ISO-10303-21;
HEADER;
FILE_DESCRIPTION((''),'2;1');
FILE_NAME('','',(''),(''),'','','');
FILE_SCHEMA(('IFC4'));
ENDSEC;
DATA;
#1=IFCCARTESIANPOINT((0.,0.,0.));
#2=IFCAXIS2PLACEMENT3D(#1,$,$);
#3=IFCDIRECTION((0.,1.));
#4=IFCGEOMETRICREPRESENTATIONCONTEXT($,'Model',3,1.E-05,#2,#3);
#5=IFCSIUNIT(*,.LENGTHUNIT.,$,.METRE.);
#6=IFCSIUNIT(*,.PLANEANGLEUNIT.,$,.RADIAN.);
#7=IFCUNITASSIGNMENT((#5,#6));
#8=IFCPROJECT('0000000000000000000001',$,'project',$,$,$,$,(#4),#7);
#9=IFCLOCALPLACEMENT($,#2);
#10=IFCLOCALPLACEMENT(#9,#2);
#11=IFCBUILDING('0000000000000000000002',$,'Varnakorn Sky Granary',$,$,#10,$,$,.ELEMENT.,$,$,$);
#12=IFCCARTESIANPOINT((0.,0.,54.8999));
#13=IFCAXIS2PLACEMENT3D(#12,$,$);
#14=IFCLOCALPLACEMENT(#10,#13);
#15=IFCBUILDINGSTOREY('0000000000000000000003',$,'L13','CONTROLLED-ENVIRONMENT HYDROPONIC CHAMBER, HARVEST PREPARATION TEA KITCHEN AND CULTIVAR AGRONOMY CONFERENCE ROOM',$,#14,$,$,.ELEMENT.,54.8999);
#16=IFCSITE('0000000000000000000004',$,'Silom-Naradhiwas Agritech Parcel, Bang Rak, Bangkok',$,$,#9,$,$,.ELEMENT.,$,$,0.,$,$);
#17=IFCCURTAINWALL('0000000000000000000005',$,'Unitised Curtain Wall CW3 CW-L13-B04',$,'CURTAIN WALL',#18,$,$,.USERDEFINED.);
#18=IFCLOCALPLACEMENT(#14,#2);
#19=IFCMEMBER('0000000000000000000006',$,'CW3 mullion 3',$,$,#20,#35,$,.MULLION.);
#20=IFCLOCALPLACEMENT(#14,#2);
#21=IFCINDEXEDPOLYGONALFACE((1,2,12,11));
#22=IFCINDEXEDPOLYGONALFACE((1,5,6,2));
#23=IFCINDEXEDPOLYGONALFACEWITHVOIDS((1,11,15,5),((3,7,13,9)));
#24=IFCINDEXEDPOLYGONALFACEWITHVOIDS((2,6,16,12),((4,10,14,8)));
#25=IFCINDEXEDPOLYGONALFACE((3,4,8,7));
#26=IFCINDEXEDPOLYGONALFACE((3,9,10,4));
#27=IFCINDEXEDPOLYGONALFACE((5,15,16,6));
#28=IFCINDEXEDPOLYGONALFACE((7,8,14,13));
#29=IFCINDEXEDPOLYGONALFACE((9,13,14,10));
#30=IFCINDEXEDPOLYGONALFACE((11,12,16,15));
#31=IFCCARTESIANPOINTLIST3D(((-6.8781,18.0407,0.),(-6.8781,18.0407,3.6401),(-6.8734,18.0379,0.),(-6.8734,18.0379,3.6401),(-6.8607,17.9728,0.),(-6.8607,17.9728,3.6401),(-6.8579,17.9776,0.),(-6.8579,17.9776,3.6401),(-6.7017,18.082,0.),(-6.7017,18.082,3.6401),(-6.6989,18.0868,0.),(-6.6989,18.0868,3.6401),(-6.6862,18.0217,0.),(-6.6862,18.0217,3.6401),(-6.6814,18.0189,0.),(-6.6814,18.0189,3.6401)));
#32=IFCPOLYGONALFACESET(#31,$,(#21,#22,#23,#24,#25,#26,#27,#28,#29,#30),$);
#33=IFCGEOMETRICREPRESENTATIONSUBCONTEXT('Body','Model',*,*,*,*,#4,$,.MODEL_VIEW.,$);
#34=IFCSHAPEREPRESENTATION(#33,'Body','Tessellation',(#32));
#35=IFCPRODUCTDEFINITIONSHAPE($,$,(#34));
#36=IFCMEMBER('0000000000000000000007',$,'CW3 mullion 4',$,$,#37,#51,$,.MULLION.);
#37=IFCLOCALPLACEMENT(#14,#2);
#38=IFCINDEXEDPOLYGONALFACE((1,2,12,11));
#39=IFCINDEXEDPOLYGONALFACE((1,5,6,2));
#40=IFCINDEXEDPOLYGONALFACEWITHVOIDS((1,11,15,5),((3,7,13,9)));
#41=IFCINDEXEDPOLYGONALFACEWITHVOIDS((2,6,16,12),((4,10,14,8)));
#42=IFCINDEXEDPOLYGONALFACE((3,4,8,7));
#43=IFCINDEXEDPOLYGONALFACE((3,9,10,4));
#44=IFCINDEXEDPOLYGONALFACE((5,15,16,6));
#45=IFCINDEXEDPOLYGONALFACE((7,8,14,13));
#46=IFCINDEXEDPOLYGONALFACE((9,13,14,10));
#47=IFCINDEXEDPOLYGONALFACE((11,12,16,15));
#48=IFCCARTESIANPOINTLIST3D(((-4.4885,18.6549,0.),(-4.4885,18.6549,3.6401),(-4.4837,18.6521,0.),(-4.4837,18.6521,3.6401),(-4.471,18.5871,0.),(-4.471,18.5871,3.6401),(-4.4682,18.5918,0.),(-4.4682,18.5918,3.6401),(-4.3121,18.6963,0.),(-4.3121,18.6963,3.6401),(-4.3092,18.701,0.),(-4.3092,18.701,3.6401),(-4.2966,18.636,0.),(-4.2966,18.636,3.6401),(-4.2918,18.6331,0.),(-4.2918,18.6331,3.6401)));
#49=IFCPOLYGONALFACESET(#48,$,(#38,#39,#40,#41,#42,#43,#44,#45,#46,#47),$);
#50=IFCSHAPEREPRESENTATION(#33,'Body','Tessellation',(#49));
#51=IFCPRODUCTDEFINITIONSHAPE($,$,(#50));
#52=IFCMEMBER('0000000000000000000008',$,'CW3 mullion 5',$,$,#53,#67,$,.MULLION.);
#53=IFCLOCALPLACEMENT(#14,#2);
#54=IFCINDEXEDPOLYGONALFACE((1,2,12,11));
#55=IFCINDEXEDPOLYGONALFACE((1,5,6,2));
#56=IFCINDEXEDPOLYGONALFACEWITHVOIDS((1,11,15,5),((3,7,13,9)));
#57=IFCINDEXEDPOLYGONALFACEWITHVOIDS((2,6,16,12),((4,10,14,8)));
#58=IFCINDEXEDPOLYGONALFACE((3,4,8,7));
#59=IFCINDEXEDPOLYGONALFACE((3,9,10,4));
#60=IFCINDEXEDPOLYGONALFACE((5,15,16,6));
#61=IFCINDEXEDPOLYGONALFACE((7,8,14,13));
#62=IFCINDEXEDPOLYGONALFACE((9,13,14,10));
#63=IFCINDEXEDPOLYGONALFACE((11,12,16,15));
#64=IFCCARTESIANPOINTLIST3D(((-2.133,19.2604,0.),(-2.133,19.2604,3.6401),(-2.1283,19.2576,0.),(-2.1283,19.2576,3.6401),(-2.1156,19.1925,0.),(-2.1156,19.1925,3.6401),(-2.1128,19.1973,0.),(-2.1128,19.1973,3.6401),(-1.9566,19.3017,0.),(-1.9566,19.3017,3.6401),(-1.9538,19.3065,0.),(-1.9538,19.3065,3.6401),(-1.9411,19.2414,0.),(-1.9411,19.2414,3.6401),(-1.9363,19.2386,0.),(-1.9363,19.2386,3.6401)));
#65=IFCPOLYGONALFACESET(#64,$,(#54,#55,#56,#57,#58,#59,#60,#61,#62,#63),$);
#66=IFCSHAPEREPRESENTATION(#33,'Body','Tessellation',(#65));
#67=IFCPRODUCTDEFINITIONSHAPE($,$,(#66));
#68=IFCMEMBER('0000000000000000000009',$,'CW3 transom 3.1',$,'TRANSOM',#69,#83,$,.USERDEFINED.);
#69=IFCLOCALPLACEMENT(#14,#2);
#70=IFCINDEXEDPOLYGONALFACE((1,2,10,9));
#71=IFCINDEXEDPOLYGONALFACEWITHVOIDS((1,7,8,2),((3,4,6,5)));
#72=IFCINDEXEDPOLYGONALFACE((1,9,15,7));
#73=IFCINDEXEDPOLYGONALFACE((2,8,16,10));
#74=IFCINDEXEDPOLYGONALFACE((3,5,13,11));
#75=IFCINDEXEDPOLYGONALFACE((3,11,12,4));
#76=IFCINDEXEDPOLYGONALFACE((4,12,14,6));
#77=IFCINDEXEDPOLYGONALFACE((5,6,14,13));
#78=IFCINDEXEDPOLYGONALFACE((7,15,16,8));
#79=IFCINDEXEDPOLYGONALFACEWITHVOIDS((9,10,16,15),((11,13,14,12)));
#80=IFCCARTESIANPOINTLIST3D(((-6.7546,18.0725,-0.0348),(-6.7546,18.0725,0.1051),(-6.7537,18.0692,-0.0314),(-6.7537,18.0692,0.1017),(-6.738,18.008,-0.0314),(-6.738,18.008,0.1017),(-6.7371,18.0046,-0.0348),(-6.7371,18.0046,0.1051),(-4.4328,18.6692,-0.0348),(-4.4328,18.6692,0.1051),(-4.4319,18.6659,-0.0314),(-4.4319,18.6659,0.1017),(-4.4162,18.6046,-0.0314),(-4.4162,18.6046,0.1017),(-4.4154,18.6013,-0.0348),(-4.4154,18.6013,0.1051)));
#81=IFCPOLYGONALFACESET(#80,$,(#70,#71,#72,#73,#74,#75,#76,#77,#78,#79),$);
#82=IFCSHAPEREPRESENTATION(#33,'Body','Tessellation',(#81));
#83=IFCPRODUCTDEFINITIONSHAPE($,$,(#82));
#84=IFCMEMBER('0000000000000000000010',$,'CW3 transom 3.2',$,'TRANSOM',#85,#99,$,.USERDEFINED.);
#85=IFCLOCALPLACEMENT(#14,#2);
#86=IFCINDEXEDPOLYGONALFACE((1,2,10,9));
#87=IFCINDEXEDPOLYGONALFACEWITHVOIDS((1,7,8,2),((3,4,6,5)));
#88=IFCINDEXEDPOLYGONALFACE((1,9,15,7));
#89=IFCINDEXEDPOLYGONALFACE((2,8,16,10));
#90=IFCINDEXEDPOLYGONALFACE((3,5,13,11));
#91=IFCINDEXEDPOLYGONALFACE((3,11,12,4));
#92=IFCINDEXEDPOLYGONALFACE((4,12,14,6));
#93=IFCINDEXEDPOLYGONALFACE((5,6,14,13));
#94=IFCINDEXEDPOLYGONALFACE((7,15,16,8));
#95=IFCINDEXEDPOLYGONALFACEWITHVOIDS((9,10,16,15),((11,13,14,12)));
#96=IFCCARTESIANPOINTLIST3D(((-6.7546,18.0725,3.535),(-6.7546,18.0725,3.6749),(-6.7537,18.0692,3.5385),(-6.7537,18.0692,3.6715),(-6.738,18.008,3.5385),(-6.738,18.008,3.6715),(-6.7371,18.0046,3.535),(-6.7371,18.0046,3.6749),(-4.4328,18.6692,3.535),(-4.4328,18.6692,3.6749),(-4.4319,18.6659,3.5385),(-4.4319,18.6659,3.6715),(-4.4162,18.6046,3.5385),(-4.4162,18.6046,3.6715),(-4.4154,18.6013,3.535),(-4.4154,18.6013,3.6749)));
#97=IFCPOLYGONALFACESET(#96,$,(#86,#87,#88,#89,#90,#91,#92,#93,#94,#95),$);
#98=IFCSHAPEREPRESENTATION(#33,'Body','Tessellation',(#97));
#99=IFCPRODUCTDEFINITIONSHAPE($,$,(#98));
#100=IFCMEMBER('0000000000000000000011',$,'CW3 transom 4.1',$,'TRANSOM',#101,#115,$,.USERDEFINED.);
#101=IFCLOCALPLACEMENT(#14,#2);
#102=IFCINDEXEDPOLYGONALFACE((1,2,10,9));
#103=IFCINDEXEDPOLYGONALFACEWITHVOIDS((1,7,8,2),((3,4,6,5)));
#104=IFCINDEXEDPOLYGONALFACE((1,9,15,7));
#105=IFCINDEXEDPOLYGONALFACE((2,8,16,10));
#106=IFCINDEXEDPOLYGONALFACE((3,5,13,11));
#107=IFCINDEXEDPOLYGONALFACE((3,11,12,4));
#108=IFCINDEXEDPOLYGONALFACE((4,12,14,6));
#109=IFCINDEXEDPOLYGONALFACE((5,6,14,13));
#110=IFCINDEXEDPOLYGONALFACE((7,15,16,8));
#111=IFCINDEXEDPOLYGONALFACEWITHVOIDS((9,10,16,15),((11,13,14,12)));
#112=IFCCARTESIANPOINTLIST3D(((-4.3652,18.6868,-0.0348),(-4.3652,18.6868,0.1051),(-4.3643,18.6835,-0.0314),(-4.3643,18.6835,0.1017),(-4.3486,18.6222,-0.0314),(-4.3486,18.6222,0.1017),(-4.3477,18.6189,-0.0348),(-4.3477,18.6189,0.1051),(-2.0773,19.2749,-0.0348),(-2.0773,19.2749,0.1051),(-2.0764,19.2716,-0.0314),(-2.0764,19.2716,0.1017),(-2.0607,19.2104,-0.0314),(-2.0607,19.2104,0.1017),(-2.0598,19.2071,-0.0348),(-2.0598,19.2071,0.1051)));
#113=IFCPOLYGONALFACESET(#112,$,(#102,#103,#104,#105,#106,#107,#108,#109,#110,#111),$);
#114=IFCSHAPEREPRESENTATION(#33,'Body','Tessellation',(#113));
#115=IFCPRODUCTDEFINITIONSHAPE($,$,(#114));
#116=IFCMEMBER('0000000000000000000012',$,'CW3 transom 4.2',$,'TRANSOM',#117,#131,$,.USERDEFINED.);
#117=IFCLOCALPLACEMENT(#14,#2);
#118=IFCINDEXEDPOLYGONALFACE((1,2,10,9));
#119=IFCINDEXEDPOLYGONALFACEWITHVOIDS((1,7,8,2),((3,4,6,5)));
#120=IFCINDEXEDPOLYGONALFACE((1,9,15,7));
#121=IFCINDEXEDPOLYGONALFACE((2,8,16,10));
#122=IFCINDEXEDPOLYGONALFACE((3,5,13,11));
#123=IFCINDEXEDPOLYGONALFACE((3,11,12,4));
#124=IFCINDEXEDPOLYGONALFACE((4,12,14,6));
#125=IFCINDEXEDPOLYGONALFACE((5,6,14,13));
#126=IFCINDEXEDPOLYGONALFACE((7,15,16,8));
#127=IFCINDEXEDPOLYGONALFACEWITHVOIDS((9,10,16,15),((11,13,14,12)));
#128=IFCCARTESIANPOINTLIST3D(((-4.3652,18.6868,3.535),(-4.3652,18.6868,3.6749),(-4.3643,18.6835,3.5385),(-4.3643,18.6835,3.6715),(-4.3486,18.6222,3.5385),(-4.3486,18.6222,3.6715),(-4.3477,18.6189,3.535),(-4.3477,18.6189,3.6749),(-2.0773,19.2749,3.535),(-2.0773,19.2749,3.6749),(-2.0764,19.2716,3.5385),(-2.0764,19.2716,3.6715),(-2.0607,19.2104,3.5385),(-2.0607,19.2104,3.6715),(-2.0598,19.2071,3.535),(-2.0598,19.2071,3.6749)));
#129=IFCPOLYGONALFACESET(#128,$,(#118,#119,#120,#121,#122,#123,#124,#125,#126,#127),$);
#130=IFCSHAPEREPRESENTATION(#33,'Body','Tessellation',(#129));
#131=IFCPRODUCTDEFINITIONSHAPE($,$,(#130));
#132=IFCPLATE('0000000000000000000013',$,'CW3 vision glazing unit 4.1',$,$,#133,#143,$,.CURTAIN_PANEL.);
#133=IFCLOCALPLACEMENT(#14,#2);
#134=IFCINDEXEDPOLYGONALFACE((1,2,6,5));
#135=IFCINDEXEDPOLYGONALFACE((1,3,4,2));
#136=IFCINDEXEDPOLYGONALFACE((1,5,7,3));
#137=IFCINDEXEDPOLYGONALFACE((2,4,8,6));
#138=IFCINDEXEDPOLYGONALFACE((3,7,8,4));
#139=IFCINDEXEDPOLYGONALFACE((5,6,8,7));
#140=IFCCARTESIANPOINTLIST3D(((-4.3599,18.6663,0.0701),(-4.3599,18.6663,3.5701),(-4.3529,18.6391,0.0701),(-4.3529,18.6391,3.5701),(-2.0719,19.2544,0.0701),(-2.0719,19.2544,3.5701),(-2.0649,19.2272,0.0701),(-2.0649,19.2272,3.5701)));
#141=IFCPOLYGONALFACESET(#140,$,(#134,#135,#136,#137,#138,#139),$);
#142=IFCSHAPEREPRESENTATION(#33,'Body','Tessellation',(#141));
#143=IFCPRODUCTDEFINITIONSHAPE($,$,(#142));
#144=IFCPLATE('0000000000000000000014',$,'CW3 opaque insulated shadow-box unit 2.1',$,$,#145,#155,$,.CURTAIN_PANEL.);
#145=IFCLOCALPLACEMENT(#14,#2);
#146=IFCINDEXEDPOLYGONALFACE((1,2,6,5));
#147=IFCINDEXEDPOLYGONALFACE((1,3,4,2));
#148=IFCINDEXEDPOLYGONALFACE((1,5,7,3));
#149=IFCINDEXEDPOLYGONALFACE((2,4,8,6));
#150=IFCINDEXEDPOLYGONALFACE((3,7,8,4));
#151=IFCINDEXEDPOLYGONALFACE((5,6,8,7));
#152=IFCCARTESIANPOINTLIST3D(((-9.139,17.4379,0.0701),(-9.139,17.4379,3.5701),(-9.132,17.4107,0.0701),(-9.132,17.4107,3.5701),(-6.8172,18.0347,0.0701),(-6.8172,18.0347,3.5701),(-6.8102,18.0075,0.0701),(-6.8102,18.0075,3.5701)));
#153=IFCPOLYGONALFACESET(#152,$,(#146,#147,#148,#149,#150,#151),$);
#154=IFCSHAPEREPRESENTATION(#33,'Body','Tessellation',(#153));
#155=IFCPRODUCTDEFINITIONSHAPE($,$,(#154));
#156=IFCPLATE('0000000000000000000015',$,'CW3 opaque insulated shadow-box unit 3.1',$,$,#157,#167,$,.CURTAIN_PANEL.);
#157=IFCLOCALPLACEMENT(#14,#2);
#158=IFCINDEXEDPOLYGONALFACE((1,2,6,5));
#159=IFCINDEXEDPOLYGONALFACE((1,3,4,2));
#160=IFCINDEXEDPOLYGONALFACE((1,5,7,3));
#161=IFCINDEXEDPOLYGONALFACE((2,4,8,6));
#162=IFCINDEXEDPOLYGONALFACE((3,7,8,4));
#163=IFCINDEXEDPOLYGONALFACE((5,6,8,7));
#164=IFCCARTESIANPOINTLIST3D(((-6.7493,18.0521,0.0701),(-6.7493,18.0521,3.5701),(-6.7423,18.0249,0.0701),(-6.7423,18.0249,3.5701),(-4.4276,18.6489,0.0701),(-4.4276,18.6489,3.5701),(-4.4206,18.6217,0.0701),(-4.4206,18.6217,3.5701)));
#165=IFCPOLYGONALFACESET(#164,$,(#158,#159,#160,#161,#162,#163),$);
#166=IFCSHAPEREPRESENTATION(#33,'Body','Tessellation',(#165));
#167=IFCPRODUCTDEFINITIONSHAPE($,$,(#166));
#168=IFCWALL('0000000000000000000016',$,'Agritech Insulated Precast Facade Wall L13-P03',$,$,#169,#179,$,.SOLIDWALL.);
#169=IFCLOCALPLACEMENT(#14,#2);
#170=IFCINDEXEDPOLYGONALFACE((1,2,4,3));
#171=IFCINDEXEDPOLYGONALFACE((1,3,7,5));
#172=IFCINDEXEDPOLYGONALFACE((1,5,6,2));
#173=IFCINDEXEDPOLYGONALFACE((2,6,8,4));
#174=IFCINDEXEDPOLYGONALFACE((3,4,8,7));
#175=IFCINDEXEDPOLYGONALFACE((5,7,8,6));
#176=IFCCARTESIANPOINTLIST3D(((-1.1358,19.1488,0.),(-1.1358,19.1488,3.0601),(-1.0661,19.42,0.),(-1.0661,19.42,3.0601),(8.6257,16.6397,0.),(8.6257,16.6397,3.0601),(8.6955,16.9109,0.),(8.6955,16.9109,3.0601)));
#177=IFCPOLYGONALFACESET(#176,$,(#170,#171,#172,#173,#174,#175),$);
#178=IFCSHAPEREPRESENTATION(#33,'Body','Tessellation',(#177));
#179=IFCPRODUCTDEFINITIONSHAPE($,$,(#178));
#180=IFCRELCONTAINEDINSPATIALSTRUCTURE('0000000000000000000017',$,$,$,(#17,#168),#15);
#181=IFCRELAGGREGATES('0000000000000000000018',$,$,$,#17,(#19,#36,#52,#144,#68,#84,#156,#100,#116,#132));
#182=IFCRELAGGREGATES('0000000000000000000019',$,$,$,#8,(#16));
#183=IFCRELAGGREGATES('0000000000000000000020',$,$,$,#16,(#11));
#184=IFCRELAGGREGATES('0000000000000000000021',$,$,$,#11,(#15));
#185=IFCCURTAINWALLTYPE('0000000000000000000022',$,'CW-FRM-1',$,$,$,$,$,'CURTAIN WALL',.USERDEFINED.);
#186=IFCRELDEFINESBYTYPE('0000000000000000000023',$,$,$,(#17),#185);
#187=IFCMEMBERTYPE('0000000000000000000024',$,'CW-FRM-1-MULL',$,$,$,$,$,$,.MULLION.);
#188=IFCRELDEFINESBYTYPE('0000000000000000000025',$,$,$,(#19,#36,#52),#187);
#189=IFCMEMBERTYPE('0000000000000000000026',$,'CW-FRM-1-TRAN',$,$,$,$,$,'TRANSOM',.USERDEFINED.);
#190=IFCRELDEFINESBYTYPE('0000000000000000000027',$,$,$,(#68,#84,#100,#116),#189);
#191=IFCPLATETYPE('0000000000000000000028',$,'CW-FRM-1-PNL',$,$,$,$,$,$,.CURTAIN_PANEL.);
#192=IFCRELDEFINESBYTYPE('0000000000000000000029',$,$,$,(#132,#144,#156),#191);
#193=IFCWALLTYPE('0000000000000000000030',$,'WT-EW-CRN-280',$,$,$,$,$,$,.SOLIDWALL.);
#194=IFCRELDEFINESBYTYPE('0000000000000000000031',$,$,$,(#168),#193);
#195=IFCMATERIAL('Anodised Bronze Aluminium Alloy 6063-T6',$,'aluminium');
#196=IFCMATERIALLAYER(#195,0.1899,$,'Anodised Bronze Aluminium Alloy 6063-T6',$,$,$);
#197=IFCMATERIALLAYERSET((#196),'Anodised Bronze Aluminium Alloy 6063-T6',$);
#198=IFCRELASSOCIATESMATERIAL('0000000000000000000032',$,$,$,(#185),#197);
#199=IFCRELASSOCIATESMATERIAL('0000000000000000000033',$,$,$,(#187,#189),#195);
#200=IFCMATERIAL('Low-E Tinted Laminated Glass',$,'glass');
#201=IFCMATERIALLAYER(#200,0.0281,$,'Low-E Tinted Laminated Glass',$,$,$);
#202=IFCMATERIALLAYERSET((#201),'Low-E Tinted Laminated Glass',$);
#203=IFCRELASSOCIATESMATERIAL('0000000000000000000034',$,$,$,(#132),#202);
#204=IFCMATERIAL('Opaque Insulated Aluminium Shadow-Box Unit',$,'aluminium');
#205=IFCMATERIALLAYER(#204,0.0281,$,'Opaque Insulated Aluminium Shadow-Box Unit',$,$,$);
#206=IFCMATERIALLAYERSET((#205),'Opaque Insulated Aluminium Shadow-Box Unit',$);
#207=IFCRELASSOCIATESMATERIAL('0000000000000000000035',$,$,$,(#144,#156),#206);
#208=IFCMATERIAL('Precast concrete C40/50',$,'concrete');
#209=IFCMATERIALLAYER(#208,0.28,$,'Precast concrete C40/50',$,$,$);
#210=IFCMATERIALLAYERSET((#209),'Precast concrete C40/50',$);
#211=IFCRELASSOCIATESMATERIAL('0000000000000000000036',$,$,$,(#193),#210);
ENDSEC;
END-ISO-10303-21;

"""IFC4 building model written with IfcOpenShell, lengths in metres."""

from ifc_helpers import new_model, si_unit, direction, frame, frame_2d, origin, origin_2d, place, context, subcontext, project, spatial, rectangle, hollow_rectangle, extrude, source, transform, mapped, material, layer, layer_set, material_profile, profile_set, type_object, type_shapes, element, aggregate, save


model = new_model("IFC4")

# Units and contexts
model_context = context("Model", 3, precision=1e-05, world=origin(), true_north=direction((0.0, 1.0)))
body_context = subcontext(model_context, "Body", "Model", "MODEL_VIEW")
ifc_project = project(units=[si_unit("LENGTHUNIT", "METRE"), si_unit("PLANEANGLEUNIT", "RADIAN")], contexts=[model_context])

# Site, building, storey
site_placement = place(None, origin())
site = spatial("IfcSite", under=ifc_project, at=site_placement, Name="Silom-Naradhiwas Agritech Parcel, Bang Rak, Bangkok", CompositionType="ELEMENT", RefElevation=0.0)
building_placement = place(site_placement, origin())
building = spatial("IfcBuilding", under=site, at=building_placement, Name="Varnakorn Sky Granary", CompositionType="ELEMENT")
storey_placement = place(building_placement, frame((0.0, 0.0, 54.8999)))
storey = spatial("IfcBuildingStorey", under=building, at=storey_placement, Name="L13", Description="CONTROLLED-ENVIRONMENT HYDROPONIC CHAMBER, HARVEST PREPARATION TEA KITCHEN AND CULTIVAR AGRONOMY CONFERENCE ROOM", CompositionType="ELEMENT", Elevation=54.8999)

# Curtain wall, members, plates
ifc_material_1 = material(Name="Anodised Bronze Aluminium Alloy 6063-T6", Category="aluminium")
ifc_layer_1 = layer(ifc_material_1, 0.1899, Name="Anodised Bronze Aluminium Alloy 6063-T6")
ifc_layer_set_1 = layer_set([ifc_layer_1], Name="Anodised Bronze Aluminium Alloy 6063-T6")
curtain_wall_type = type_object("IfcCurtainWallType", Name="CW-FRM-1", ElementType="CURTAIN WALL", PredefinedType="USERDEFINED", material=ifc_layer_set_1)
curtain_wall_placement = place(storey_placement, origin())
curtain_wall = element("IfcCurtainWall", 1, at=curtain_wall_placement, inside=storey, type_object=curtain_wall_type, Name="Unitised Curtain Wall CW3 CW-L13-B04", ObjectType="CURTAIN WALL", PredefinedType="USERDEFINED")
ifc_material_profile_1 = material_profile(ifc_material_1, hollow_rectangle(XDim=0.0701, YDim=0.1851, WallThickness=0.0039, at=origin_2d()), Name="ALU MULL 70x185")
ifc_profile_set_1 = profile_set([ifc_material_profile_1], Name="Anodised Bronze Aluminium Alloy 6063-T6")
member_type_1 = type_object("IfcMemberType", Name="CW-FRM-1-MULL", PredefinedType="MULLION", material=ifc_profile_set_1)
member_1_placement = place(storey_placement, frame((-6.7798, 18.0298, 0.0), z_axis=(0.0, 0.0, 1.0), x_axis=(-0.248956, 0.968515, 0.0)))
member_1 = element("IfcMember", 2, at=member_1_placement, type_object=member_type_1, Name="CW3 mullion 3", PredefinedType="MULLION", context=body_context, shape_type="SweptSolid", body=[
    extrude(hollow_rectangle(XDim=0.0701, YDim=0.1851, WallThickness=0.0039, at=origin_2d()), origin(), (0.0, 0.0, 1.0), 3.6401),
])
member_2_placement = place(storey_placement, frame((-4.3901, 18.644, 0.0), z_axis=(0.0, 0.0, 1.0), x_axis=(-0.248956, 0.968515, 0.0)))
member_2 = element("IfcMember", 3, at=member_2_placement, type_object=member_type_1, Name="CW3 mullion 4", PredefinedType="MULLION", context=body_context, shape_type="SweptSolid", body=[
    extrude(hollow_rectangle(XDim=0.0701, YDim=0.1851, WallThickness=0.0039, at=origin_2d()), origin(), (0.0, 0.0, 1.0), 3.6401),
])
member_3_placement = place(storey_placement, frame((-2.0347, 19.2495, 0.0), z_axis=(0.0, 0.0, 1.0), x_axis=(-0.248956, 0.968515, 0.0)))
member_3 = element("IfcMember", 4, at=member_3_placement, type_object=member_type_1, Name="CW3 mullion 5", PredefinedType="MULLION", context=body_context, shape_type="SweptSolid", body=[
    extrude(hollow_rectangle(XDim=0.0701, YDim=0.1851, WallThickness=0.0039, at=origin_2d()), origin(), (0.0, 0.0, 1.0), 3.6401),
])
ifc_material_profile_2 = material_profile(ifc_material_1, hollow_rectangle(XDim=0.0701, YDim=0.1399, WallThickness=0.0034, at=origin_2d()), Name="ALU TRAN 70x140")
ifc_profile_set_2 = profile_set([ifc_material_profile_2], Name="Anodised Bronze Aluminium Alloy 6063-T6")
member_type_2 = type_object("IfcMemberType", Name="CW-FRM-1-TRAN", ElementType="TRANSOM", PredefinedType="USERDEFINED", material=ifc_profile_set_2)
member_4_placement = place(storey_placement, frame((-6.7458, 18.0386, 0.0352), z_axis=(0.968528, 0.248905, 0.0), x_axis=(-0.248905, 0.968528, 0.0)))
member_4 = element("IfcMember", 5, at=member_4_placement, type_object=member_type_2, Name="CW3 transom 3.1", ObjectType="TRANSOM", PredefinedType="USERDEFINED", context=body_context, shape_type="SweptSolid", body=[
    extrude(hollow_rectangle(XDim=0.0701, YDim=0.1399, WallThickness=0.0034, at=origin_2d()), origin(), (0.0, 0.0, 1.0), 2.3972),
])
member_5_placement = place(storey_placement, frame((-6.7458, 18.0386, 3.605), z_axis=(0.968528, 0.248905, 0.0), x_axis=(-0.248905, 0.968528, 0.0)))
member_5 = element("IfcMember", 6, at=member_5_placement, type_object=member_type_2, Name="CW3 transom 3.2", ObjectType="TRANSOM", PredefinedType="USERDEFINED", context=body_context, shape_type="SweptSolid", body=[
    extrude(hollow_rectangle(XDim=0.0701, YDim=0.1399, WallThickness=0.0034, at=origin_2d()), origin(), (0.0, 0.0, 1.0), 2.3972),
])
member_6_placement = place(storey_placement, frame((-4.3564, 18.6528, 0.0352), z_axis=(0.96851, 0.248975, 0.0), x_axis=(-0.248975, 0.96851, 0.0)))
member_6 = element("IfcMember", 7, at=member_6_placement, type_object=member_type_2, Name="CW3 transom 4.1", ObjectType="TRANSOM", PredefinedType="USERDEFINED", context=body_context, shape_type="SweptSolid", body=[
    extrude(hollow_rectangle(XDim=0.0701, YDim=0.1399, WallThickness=0.0034, at=origin_2d()), origin(), (0.0, 0.0, 1.0), 2.3623),
])
member_7_placement = place(storey_placement, frame((-4.3564, 18.6528, 3.605), z_axis=(0.96851, 0.248975, 0.0), x_axis=(-0.248975, 0.96851, 0.0)))
member_7 = element("IfcMember", 8, at=member_7_placement, type_object=member_type_2, Name="CW3 transom 4.2", ObjectType="TRANSOM", PredefinedType="USERDEFINED", context=body_context, shape_type="SweptSolid", body=[
    extrude(hollow_rectangle(XDim=0.0701, YDim=0.1399, WallThickness=0.0034, at=origin_2d()), origin(), (0.0, 0.0, 1.0), 2.3623),
])
ifc_material_2 = material(Name="Low-E Tinted Laminated Glass", Category="glass")
ifc_layer_2 = layer(ifc_material_2, 0.0281, Name="Low-E Tinted Laminated Glass")
ifc_layer_set_2 = layer_set([ifc_layer_2], Name="Low-E Tinted Laminated Glass")
plate_type = type_object("IfcPlateType", Name="CW-FRM-1-PNL", PredefinedType="CURTAIN_PANEL")
shared_shape_1 = source(origin(), body_context, "Body", "SweptSolid", [
    extrude(rectangle(XDim=2.3623, YDim=0.0281, at=origin_2d()), origin(), (0.0, 0.0, 1.0), 3.5),
])
plate_1_placement = place(storey_placement, frame((-3.2124, 18.9468, 0.0701), z_axis=(0.0, 0.0, 1.0), x_axis=(0.968515, 0.248956, 0.0)))
plate_1 = element("IfcPlate", 9, at=plate_1_placement, type_object=plate_type, material=ifc_layer_set_2, Name="CW3 vision glazing unit 4.1", PredefinedType="CURTAIN_PANEL", context=body_context, shape_type="MappedRepresentation", body=[
    mapped(shared_shape_1, transform((0.0, 0.0, 0.0), x_axis=(1.0, 0.0, 0.0), y_axis=(0.0, 1.0, 0.0), z_axis=(0.0, 0.0, 1.0), scale=1.0)),
])
ifc_material_3 = material(Name="Opaque Insulated Aluminium Shadow-Box Unit", Category="aluminium")
ifc_layer_3 = layer(ifc_material_3, 0.0281, Name="Opaque Insulated Aluminium Shadow-Box Unit")
ifc_layer_set_3 = layer_set([ifc_layer_3], Name="Opaque Insulated Aluminium Shadow-Box Unit")
shared_shape_2 = source(origin(), body_context, "Body", "SweptSolid", [
    extrude(rectangle(XDim=2.3972, YDim=0.0281, at=origin_2d()), origin(), (0.0, 0.0, 1.0), 3.5),
])
type_shapes(plate_type, [shared_shape_1, shared_shape_2])
plate_2_placement = place(storey_placement, frame((-7.9746, 17.7227, 0.0701), z_axis=(0.0, 0.0, 1.0), x_axis=(0.968515, 0.248956, 0.0)))
plate_2 = element("IfcPlate", 10, at=plate_2_placement, type_object=plate_type, material=ifc_layer_set_3, Name="CW3 opaque insulated shadow-box unit 2.1", PredefinedType="CURTAIN_PANEL", context=body_context, shape_type="MappedRepresentation", body=[
    mapped(shared_shape_2, transform((0.0, 0.0, 0.0), x_axis=(1.0, 0.0, 0.0), y_axis=(0.0, 1.0, 0.0), z_axis=(0.0, 0.0, 1.0), scale=1.0)),
])
plate_3_placement = place(storey_placement, frame((-5.585, 18.3369, 0.0701), z_axis=(0.0, 0.0, 1.0), x_axis=(0.968515, 0.248956, 0.0)))
plate_3 = element("IfcPlate", 11, at=plate_3_placement, type_object=plate_type, material=ifc_layer_set_3, Name="CW3 opaque insulated shadow-box unit 3.1", PredefinedType="CURTAIN_PANEL", context=body_context, shape_type="MappedRepresentation", body=[
    mapped(shared_shape_2, transform((0.0, 0.0, 0.0), x_axis=(1.0, 0.0, 0.0), y_axis=(0.0, 1.0, 0.0), z_axis=(0.0, 0.0, 1.0), scale=1.0)),
])
aggregate(curtain_wall, [member_1, member_2, member_3, plate_2, member_4, member_5, plate_3, member_6, member_7, plate_1])

# Wall
ifc_material_4 = material(Name="Precast concrete C40/50", Category="concrete")
ifc_layer_4 = layer(ifc_material_4, 0.28, Name="Precast concrete C40/50")
ifc_layer_set_4 = layer_set([ifc_layer_4], Name="Precast concrete C40/50")
wall_type_1 = type_object("IfcWallType", Name="WT-EW-CRN-280", PredefinedType="SOLIDWALL", material=ifc_layer_set_4)
wall_1_placement = place(storey_placement, frame((-1.1011, 19.2844, 0.0), z_axis=(0.0, 0.0, 1.0), x_axis=(0.968518, -0.248942, 0.0)))
element("IfcWall", 12, at=wall_1_placement, inside=storey, type_object=wall_type_1, Name="Agritech Insulated Precast Facade Wall L13-P03", PredefinedType="SOLIDWALL", context=body_context, shape_type="SweptSolid", body=[
    extrude(rectangle(XDim=10.0789, YDim=0.28, at=frame_2d((5.0396, 0.0))), origin(), (0.0, 0.0, 1.0), 3.0601),
])

save(model, "model.ifc")
